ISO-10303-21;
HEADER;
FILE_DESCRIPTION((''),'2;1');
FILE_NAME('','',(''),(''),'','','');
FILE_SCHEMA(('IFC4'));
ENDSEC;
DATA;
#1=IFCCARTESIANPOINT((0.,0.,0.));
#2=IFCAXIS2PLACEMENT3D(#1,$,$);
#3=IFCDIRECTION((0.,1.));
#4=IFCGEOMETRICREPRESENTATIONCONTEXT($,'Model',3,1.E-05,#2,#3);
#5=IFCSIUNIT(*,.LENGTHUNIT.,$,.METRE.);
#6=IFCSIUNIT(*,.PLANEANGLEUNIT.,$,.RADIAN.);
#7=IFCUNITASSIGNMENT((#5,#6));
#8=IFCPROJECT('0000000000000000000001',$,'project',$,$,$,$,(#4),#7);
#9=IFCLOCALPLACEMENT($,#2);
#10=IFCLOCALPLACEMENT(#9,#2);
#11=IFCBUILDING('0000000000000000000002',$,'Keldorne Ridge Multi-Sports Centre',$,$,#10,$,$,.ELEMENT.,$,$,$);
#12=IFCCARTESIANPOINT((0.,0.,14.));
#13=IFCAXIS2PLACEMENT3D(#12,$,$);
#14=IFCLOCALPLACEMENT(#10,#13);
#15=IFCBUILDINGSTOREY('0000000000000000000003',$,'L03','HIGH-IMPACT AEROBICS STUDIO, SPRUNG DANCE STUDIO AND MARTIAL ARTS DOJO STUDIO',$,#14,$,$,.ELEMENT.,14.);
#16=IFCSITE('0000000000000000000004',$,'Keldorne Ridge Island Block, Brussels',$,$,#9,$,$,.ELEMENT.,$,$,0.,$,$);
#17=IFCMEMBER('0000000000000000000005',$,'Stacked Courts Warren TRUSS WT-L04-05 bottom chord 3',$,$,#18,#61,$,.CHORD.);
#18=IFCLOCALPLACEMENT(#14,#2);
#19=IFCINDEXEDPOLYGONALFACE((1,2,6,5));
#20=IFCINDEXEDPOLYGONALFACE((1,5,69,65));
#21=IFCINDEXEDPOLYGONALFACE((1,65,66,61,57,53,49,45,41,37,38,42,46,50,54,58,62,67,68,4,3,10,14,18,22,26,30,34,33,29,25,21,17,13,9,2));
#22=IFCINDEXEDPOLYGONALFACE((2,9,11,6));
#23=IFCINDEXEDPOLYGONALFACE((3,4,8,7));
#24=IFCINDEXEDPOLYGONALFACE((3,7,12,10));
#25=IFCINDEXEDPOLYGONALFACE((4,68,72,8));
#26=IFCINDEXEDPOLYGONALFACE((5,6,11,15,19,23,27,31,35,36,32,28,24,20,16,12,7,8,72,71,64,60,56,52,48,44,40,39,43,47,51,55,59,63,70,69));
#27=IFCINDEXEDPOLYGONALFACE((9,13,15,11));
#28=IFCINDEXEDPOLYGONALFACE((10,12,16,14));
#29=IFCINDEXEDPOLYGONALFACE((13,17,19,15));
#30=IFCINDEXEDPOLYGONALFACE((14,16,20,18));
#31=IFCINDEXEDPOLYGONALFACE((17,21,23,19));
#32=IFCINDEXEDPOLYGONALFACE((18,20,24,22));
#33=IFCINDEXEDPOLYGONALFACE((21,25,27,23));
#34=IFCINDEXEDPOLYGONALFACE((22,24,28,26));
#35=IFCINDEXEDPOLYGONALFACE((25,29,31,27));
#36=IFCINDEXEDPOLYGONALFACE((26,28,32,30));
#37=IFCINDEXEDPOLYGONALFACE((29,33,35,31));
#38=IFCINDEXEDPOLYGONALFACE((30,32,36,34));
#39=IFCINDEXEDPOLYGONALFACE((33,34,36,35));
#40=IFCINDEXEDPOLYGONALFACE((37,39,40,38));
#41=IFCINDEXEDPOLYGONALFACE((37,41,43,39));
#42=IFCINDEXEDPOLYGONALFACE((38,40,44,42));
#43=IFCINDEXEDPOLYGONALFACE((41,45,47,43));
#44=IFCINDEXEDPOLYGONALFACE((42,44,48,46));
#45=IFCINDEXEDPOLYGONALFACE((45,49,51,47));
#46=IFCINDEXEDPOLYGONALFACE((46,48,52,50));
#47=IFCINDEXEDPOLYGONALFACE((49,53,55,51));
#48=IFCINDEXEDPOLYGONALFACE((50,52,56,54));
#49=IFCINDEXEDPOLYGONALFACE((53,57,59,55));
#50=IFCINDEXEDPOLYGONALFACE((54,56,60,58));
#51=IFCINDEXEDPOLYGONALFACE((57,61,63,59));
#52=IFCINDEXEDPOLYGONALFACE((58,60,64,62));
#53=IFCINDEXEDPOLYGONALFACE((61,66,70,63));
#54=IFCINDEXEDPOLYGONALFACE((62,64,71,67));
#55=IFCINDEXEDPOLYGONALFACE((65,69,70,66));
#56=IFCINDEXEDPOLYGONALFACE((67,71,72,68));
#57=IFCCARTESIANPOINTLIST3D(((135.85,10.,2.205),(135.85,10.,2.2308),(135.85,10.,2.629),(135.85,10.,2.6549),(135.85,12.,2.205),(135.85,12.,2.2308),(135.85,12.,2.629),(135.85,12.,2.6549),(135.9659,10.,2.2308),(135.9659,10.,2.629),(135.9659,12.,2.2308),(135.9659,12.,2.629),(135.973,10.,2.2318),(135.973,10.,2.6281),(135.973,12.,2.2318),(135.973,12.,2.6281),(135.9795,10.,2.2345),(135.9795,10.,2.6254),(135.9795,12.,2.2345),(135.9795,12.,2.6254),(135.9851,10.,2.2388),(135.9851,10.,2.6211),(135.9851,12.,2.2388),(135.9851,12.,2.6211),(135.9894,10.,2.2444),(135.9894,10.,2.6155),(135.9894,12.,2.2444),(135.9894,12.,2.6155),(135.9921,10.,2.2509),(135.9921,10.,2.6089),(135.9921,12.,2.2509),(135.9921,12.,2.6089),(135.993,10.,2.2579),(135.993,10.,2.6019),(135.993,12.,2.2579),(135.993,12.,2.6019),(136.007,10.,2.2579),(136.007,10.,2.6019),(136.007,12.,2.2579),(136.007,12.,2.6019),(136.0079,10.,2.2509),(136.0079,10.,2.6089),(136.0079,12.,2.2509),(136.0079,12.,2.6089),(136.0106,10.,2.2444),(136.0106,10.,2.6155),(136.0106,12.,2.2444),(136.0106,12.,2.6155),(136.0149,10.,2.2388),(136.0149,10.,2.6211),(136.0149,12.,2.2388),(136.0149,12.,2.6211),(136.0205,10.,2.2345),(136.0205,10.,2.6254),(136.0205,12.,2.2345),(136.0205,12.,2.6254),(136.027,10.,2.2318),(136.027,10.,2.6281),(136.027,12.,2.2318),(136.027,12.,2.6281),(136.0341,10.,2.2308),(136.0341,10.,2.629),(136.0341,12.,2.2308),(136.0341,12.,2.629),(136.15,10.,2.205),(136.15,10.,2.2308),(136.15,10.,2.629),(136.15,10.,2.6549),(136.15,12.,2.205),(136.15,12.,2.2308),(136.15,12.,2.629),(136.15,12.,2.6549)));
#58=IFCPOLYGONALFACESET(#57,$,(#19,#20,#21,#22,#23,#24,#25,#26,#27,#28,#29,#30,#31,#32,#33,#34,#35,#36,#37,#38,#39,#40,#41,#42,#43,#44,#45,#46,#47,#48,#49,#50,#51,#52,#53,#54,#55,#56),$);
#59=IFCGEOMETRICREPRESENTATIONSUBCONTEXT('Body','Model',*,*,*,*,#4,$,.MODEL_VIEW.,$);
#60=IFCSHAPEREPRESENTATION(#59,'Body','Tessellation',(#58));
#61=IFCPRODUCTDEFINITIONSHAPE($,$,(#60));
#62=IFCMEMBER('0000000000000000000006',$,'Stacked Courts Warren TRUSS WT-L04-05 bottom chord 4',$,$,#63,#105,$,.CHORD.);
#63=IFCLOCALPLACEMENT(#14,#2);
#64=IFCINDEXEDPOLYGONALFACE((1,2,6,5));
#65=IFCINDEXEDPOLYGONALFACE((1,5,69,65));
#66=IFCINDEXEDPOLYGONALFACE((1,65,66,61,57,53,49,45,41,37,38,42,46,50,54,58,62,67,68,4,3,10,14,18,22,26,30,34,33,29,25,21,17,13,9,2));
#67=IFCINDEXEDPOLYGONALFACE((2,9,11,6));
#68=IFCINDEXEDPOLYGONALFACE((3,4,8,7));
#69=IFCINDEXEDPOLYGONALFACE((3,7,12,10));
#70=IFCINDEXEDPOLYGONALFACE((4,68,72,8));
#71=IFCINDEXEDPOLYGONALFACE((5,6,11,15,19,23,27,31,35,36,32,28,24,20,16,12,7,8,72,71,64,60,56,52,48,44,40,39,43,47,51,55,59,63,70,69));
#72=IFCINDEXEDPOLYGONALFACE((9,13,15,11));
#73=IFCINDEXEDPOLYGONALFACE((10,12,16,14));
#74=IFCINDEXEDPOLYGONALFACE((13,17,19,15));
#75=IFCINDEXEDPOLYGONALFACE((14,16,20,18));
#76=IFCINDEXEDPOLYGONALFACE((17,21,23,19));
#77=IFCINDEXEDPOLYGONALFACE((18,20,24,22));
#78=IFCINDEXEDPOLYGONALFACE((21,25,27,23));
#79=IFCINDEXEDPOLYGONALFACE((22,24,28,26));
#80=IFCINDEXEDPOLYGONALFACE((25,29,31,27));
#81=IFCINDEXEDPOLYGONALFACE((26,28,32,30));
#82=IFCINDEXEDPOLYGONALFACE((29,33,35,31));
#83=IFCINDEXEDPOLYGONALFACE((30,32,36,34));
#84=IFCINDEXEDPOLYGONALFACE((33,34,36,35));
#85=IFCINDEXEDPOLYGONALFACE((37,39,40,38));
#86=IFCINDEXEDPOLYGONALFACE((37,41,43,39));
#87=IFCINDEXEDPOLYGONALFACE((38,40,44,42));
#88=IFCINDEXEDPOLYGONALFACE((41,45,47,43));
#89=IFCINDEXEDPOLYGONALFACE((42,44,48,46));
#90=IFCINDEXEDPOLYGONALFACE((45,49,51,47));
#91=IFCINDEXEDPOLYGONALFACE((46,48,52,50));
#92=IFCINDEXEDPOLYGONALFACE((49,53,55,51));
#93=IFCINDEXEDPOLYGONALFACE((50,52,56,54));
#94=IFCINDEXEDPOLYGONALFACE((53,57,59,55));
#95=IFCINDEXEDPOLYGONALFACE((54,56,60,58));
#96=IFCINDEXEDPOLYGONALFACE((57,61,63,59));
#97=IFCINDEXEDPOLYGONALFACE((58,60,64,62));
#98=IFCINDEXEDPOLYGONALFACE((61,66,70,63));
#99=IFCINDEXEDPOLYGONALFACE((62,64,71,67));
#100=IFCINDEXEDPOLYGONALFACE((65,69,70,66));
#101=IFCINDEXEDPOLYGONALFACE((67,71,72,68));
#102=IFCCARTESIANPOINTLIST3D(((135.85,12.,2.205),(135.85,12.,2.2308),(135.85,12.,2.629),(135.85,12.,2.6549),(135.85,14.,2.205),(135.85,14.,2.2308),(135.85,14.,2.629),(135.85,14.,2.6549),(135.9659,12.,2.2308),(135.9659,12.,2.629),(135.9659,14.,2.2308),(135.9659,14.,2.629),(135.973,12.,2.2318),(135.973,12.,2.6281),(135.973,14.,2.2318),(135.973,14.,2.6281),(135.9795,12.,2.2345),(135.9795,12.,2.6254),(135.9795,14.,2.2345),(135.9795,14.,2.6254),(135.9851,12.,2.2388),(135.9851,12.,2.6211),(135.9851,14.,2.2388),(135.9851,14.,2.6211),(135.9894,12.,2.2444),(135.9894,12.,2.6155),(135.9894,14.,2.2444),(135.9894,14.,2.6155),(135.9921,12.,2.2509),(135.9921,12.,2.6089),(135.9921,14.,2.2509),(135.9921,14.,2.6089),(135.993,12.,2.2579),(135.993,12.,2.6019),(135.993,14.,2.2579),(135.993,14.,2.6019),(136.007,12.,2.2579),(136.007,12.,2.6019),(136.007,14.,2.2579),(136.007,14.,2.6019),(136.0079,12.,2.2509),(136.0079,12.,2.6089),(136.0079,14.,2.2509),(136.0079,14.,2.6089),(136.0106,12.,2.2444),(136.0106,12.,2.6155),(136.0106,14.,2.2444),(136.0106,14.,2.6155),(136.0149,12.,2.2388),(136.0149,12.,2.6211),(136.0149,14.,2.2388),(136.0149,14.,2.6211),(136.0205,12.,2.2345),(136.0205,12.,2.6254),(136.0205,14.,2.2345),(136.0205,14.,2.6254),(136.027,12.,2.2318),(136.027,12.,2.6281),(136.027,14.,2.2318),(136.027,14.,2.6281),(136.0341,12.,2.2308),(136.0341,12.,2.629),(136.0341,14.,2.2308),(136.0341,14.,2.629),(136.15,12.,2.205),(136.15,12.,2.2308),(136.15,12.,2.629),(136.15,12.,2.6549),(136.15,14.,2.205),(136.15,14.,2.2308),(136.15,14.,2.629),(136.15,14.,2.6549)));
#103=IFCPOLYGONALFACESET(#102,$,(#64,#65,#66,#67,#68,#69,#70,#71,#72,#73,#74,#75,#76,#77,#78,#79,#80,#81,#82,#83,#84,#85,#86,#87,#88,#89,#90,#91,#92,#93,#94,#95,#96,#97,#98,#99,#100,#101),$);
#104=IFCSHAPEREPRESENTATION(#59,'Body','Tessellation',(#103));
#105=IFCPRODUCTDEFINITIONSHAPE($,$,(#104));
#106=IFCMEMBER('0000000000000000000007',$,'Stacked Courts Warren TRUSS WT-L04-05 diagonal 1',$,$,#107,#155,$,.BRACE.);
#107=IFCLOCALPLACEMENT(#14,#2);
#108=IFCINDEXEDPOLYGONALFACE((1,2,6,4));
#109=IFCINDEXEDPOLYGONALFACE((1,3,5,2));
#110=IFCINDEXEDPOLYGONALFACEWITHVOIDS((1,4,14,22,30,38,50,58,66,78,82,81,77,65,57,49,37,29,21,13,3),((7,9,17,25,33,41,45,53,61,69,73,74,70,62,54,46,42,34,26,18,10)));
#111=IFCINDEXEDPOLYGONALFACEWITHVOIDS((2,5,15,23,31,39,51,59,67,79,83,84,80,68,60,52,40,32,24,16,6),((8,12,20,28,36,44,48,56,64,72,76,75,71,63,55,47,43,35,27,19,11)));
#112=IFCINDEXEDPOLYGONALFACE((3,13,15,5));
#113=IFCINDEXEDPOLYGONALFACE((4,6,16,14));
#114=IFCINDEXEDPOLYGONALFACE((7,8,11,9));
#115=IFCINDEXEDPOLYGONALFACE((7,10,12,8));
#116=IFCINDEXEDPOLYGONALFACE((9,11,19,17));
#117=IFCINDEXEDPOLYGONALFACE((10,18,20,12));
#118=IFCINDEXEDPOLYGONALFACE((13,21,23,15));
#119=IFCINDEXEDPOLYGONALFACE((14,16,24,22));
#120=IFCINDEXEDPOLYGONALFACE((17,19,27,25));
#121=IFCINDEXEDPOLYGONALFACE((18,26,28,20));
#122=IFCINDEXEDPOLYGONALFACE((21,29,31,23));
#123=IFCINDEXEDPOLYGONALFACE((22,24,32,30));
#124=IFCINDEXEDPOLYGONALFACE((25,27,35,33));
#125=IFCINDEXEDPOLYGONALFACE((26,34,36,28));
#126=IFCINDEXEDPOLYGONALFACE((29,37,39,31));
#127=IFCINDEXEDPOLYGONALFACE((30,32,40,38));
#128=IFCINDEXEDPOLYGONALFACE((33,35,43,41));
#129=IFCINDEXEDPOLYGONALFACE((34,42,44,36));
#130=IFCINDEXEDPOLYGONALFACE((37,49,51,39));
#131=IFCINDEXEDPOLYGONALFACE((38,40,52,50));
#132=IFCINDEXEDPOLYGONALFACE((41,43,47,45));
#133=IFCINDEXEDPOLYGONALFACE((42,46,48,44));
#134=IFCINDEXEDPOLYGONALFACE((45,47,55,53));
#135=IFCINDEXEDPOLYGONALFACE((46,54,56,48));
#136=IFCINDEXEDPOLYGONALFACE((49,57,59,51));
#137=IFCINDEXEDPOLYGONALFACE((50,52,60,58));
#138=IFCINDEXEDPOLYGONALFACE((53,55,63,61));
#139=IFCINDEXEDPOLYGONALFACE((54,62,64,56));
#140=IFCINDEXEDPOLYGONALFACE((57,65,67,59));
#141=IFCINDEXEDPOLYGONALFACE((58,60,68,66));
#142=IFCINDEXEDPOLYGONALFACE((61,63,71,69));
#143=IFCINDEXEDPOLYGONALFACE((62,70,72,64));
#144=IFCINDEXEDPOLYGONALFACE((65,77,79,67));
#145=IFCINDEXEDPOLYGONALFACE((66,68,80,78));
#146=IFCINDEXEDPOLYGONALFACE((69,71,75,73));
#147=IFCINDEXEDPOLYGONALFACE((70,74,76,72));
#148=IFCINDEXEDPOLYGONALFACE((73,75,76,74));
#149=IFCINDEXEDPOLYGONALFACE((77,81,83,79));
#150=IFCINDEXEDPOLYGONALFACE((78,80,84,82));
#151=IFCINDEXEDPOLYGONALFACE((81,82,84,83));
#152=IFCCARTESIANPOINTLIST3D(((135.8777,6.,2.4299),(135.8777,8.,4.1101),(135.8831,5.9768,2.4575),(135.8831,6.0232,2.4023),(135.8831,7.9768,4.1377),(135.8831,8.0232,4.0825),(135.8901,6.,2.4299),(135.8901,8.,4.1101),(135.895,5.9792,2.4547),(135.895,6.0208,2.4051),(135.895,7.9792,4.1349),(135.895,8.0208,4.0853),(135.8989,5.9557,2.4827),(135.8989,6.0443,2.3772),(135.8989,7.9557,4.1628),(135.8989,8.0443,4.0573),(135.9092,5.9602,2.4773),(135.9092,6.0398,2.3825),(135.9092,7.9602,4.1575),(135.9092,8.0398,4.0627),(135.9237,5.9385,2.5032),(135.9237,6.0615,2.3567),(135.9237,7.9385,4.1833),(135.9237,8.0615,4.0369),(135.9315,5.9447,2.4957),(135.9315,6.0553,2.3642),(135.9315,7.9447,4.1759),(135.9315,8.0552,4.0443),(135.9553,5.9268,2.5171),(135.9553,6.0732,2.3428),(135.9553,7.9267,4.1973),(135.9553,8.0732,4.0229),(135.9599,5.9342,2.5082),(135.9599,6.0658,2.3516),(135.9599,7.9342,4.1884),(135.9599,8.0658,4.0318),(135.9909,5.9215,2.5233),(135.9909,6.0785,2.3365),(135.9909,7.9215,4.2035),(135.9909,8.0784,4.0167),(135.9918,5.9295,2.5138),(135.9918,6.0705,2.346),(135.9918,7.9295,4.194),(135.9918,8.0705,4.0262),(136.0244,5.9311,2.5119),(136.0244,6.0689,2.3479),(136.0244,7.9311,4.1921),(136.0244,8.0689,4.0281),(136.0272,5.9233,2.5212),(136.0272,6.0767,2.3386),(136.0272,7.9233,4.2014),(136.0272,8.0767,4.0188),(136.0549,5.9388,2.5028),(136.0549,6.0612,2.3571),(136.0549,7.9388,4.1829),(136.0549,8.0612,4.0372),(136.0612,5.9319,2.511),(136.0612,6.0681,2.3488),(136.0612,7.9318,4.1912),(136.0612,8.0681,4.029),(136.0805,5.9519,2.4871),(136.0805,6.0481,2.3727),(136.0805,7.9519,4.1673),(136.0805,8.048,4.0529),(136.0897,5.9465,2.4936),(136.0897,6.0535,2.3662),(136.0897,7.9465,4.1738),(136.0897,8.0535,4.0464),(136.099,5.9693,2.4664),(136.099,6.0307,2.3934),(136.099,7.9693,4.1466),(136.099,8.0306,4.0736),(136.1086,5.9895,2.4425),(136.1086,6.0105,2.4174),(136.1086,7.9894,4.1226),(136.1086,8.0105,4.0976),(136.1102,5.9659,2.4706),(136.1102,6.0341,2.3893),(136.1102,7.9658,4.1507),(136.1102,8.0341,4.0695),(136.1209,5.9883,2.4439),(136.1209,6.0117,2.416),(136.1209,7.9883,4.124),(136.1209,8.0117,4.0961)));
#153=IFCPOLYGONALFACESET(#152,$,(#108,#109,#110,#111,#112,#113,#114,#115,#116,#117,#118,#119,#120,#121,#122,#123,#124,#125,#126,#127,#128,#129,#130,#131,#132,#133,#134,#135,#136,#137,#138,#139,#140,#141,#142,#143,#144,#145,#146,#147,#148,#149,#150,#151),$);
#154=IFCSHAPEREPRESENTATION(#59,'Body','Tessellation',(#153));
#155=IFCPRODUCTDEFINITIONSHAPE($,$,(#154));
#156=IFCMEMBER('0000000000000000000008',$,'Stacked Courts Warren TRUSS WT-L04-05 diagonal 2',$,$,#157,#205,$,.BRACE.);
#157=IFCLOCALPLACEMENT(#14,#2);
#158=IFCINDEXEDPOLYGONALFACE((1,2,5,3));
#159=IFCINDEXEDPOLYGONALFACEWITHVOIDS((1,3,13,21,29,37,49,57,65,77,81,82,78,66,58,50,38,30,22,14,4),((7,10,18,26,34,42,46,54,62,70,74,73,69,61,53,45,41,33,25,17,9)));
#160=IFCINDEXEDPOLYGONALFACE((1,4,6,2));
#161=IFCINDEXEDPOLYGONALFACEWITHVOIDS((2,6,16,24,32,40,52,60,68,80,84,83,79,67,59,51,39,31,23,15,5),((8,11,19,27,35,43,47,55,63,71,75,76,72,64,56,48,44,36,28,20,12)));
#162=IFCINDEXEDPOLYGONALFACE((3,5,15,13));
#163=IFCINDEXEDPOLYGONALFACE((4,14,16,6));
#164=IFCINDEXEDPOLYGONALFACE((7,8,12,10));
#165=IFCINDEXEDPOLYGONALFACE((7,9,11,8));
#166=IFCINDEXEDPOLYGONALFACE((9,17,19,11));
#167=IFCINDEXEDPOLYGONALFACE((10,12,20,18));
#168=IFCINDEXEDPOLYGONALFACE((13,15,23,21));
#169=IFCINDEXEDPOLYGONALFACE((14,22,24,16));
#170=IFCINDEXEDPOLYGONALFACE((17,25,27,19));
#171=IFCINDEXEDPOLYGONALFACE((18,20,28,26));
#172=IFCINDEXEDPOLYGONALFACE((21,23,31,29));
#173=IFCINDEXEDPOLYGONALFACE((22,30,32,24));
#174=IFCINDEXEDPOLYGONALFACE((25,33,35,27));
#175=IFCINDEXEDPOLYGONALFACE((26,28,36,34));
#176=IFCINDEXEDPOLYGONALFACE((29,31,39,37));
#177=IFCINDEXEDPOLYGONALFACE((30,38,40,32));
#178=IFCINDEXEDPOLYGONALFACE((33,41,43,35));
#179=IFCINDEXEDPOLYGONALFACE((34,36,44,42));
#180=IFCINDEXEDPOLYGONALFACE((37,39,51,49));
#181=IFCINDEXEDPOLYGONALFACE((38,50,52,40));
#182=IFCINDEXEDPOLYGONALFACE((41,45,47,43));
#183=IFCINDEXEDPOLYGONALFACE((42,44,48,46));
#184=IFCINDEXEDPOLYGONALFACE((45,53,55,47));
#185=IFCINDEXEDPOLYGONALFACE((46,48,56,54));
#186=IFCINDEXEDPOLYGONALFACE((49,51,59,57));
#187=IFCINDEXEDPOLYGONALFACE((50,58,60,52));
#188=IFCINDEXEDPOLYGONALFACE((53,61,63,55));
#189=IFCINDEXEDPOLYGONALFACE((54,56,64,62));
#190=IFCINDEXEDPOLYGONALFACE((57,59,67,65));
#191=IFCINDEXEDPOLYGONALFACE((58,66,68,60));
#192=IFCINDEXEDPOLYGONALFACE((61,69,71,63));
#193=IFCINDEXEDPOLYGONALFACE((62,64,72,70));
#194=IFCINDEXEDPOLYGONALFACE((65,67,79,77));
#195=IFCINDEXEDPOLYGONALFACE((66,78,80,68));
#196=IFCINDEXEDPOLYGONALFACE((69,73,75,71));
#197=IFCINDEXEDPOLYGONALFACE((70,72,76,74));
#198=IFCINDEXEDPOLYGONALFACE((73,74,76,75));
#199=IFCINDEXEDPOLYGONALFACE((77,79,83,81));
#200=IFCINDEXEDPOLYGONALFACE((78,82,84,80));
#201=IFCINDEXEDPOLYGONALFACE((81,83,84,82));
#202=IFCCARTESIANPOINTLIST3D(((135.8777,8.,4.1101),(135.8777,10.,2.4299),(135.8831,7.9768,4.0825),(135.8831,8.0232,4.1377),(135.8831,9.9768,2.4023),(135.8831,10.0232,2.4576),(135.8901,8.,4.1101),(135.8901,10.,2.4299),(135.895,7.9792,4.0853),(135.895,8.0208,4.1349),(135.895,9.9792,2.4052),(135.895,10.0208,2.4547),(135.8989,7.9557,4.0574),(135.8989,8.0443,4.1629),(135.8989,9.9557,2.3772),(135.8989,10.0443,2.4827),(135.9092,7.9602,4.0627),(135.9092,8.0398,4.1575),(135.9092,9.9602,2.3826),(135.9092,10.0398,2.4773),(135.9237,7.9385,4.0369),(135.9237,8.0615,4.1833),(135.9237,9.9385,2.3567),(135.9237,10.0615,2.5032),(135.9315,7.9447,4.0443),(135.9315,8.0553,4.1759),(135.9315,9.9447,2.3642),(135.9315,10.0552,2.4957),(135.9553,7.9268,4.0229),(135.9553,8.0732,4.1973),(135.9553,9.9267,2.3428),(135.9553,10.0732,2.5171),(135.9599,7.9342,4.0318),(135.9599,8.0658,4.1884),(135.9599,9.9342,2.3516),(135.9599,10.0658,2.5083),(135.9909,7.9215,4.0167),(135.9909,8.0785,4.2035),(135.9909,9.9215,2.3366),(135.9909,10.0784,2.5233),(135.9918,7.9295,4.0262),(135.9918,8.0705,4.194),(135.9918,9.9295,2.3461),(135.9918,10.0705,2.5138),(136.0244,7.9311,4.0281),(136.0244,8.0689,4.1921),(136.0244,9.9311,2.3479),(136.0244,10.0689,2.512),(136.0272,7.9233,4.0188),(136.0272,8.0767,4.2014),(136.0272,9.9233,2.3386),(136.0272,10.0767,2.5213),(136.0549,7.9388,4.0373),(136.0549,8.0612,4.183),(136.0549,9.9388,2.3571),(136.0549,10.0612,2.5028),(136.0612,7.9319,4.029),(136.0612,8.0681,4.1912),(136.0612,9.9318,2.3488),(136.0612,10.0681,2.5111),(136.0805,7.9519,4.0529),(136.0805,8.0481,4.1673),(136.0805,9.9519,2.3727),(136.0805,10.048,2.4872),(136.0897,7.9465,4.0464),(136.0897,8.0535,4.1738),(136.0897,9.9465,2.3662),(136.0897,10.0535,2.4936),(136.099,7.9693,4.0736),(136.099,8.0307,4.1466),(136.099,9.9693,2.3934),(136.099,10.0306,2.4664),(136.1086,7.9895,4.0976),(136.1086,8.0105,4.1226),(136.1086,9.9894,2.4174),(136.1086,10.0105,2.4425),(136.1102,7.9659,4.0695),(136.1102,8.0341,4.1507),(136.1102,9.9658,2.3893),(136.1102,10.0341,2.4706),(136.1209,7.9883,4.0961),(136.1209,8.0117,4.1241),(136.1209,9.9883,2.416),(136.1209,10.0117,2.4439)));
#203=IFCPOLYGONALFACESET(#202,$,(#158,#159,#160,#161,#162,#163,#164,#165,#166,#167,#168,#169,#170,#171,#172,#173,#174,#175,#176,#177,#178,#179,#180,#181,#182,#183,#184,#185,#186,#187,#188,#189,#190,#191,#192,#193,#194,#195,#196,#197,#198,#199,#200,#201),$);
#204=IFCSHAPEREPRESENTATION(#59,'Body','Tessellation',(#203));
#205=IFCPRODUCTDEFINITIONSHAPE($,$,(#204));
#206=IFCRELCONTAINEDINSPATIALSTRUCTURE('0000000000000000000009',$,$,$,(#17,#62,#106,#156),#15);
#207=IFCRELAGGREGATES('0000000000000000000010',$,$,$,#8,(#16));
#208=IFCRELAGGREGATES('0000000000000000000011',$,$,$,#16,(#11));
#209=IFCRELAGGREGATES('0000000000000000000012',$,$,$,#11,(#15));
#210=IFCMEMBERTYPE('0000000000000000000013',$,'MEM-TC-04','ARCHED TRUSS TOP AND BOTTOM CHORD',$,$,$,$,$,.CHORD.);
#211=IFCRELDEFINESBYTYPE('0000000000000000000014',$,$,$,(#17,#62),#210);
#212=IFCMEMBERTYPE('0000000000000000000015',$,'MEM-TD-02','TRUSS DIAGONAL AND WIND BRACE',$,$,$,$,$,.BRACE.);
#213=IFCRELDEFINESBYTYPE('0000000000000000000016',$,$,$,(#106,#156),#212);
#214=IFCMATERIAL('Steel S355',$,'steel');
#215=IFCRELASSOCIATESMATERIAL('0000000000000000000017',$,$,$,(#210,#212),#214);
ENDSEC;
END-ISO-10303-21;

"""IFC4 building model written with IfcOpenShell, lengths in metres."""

from ifc_helpers import new_model, si_unit, direction, frame, origin, origin_2d, place, context, subcontext, project, spatial, hollow_circle, i_section, extrude, material, material_profile, profile_set, type_object, element, save


model = new_model("IFC4")

# Units and contexts
model_context = context("Model", 3, precision=1e-05, world=origin(), true_north=direction((0.0, 1.0)))
body_context = subcontext(model_context, "Body", "Model", "MODEL_VIEW")
ifc_project = project(units=[si_unit("LENGTHUNIT", "METRE"), si_unit("PLANEANGLEUNIT", "RADIAN")], contexts=[model_context])

# Site, building, storey
site_placement = place(None, origin())
site = spatial("IfcSite", under=ifc_project, at=site_placement, Name="Keldorne Ridge Island Block, Brussels", CompositionType="ELEMENT", RefElevation=0.0)
building_placement = place(site_placement, origin())
building = spatial("IfcBuilding", under=site, at=building_placement, Name="Keldorne Ridge Multi-Sports Centre", CompositionType="ELEMENT")
storey_placement = place(building_placement, frame((0.0, 0.0, 14.0)))
storey = spatial("IfcBuildingStorey", under=building, at=storey_placement, Name="L03", Description="HIGH-IMPACT AEROBICS STUDIO, SPRUNG DANCE STUDIO AND MARTIAL ARTS DOJO STUDIO", CompositionType="ELEMENT", Elevation=14.0)

# Shared definitions
ifc_material_1 = material(Name="Steel S355", Category="steel")

# Members
ifc_material_profile_1 = material_profile(ifc_material_1, i_section(OverallWidth=0.3, OverallDepth=0.45, WebThickness=0.0139, FlangeThickness=0.0259, FilletRadius=0.0271, at=origin_2d()), Name="HEB 450")
ifc_profile_set_1 = profile_set([ifc_material_profile_1], Name="Steel S355")
member_type_1 = type_object("IfcMemberType", Name="MEM-TC-04", Description="ARCHED TRUSS TOP AND BOTTOM CHORD", PredefinedType="CHORD", material=ifc_profile_set_1)
for number, where, z_axis, x_axis, name in (
    (1, (136.0, 10.0, 2.4299), (0.0, 1.0, 0.0), (-1.0, 0.0, 0.0), "Stacked Courts Warren TRUSS WT-L04-05 bottom chord 3"),
    (2, (136.0, 12.0, 2.4299), (0.0, 1.0, 0.0), (-1.0, 0.0, 0.0), "Stacked Courts Warren TRUSS WT-L04-05 bottom chord 4"),
):
    element("IfcMember", number, at=place(storey_placement, frame(where, z_axis=z_axis, x_axis=x_axis)), inside=storey, type_object=member_type_1, Name=name, PredefinedType="CHORD", context=body_context, shape_type="SweptSolid", body=[
        extrude(i_section(OverallWidth=0.3, OverallDepth=0.45, WebThickness=0.0139, FlangeThickness=0.0259, FilletRadius=0.0271, at=origin_2d()), origin(), (0.0, 0.0, 1.0), 2.0),
    ])
ifc_material_profile_2 = material_profile(ifc_material_1, hollow_circle(Radius=0.1223, WallThickness=0.0125, at=origin_2d()), Name="CHS 244.5x12.5")
ifc_profile_set_2 = profile_set([ifc_material_profile_2], Name="Steel S355")
member_type_2 = type_object("IfcMemberType", Name="MEM-TD-02", Description="TRUSS DIAGONAL AND WIND BRACE", PredefinedType="BRACE", material=ifc_profile_set_2)
for number, where, z_axis, x_axis, name in (
    (3, (136.0, 6.0, 2.4299), (0.0, 0.765672, 0.643232), (-1.0, 0.0, 0.0), "Stacked Courts Warren TRUSS WT-L04-05 diagonal 1"),
    (4, (136.0, 8.0, 4.1101), (0.0, 0.765672, -0.643232), (-1.0, 0.0, 0.0), "Stacked Courts Warren TRUSS WT-L04-05 diagonal 2"),
):
    element("IfcMember", number, at=place(storey_placement, frame(where, z_axis=z_axis, x_axis=x_axis)), inside=storey, type_object=member_type_2, Name=name, PredefinedType="BRACE", context=body_context, shape_type="SweptSolid", body=[
        extrude(hollow_circle(Radius=0.1223, WallThickness=0.0125, at=origin_2d()), origin(), (0.0, 0.0, 1.0), 2.6121),
    ])

save(model, "model.ifc")
